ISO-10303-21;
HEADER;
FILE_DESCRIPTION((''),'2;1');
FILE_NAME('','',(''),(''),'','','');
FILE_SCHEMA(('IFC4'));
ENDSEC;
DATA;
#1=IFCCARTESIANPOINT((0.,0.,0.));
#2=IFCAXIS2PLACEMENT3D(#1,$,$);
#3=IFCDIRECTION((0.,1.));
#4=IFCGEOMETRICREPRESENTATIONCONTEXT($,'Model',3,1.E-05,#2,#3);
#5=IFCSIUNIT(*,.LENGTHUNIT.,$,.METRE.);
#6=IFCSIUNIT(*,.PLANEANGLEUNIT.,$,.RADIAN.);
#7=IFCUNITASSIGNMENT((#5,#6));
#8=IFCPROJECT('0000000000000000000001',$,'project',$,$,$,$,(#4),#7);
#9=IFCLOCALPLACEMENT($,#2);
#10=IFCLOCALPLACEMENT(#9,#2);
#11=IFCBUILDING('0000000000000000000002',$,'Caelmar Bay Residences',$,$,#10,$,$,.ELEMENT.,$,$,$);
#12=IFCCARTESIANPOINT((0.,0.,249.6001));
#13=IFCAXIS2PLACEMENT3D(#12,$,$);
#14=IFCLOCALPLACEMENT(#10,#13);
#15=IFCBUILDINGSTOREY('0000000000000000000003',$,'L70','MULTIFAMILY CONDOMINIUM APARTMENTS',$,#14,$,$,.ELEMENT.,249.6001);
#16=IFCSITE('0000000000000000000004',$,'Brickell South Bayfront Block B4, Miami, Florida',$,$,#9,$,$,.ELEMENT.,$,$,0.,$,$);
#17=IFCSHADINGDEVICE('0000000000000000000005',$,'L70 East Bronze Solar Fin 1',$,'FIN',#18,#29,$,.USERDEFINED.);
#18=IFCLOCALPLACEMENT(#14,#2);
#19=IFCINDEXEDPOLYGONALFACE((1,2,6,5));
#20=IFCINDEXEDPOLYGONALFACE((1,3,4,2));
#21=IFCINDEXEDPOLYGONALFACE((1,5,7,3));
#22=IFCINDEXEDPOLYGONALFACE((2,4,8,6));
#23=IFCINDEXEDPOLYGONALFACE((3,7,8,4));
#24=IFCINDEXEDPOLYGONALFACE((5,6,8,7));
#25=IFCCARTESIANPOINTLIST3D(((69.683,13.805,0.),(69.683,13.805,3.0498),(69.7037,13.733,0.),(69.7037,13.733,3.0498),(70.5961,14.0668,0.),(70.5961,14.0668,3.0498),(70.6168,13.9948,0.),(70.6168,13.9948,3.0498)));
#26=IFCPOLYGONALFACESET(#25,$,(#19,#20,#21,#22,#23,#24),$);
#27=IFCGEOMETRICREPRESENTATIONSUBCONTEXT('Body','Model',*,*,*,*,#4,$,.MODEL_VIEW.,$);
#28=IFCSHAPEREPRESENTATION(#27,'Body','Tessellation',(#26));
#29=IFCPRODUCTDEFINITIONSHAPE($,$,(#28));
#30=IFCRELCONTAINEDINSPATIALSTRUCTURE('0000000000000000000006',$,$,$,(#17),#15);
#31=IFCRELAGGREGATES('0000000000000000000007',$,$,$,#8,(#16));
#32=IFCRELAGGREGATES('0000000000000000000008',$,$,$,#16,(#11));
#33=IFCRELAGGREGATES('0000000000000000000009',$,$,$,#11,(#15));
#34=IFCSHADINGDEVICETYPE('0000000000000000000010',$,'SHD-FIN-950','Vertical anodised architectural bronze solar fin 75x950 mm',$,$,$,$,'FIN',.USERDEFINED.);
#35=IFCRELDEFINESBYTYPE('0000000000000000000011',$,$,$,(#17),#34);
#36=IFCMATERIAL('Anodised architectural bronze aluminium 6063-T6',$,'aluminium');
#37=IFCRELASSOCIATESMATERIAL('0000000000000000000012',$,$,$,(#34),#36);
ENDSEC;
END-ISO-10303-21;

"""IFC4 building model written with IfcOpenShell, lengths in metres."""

from ifc_helpers import new_model, si_unit, direction, frame, origin, origin_2d, place, context, subcontext, project, spatial, rectangle, extrude, material, material_profile, profile_set, type_object, element, save


model = new_model("IFC4")

# Units and contexts
model_context = context("Model", 3, precision=1e-05, world=origin(), true_north=direction((0.0, 1.0)))
body_context = subcontext(model_context, "Body", "Model", "MODEL_VIEW")
ifc_project = project(units=[si_unit("LENGTHUNIT", "METRE"), si_unit("PLANEANGLEUNIT", "RADIAN")], contexts=[model_context])

# Site, building, storey
site_placement = place(None, origin())
site = spatial("IfcSite", under=ifc_project, at=site_placement, Name="Brickell South Bayfront Block B4, Miami, Florida", CompositionType="ELEMENT", RefElevation=0.0)
building_placement = place(site_placement, origin())
building = spatial("IfcBuilding", under=site, at=building_placement, Name="Caelmar Bay Residences", CompositionType="ELEMENT")
storey_placement = place(building_placement, frame((0.0, 0.0, 249.6001)))
storey = spatial("IfcBuildingStorey", under=building, at=storey_placement, Name="L70", Description="MULTIFAMILY CONDOMINIUM APARTMENTS", CompositionType="ELEMENT", Elevation=249.6001)

# Shading device
ifc_material_1 = material(Name="Anodised architectural bronze aluminium 6063-T6", Category="aluminium")
ifc_material_profile_1 = material_profile(ifc_material_1, rectangle(XDim=0.075, YDim=0.95, at=origin_2d()), Name="BRONZE-FIN-75X950")
ifc_profile_set_1 = profile_set([ifc_material_profile_1], Name="Anodised architectural bronze aluminium 6063-T6")
shading_device_type = type_object("IfcShadingDeviceType", Name="SHD-FIN-950", Description="Vertical anodised architectural bronze solar fin 75x950 mm", ElementType="FIN", PredefinedType="USERDEFINED", material=ifc_profile_set_1)
shading_device_placement = place(storey_placement, frame((70.1499, 13.8999, 0.0), z_axis=(0.0, 0.0, 1.0), x_axis=(-0.275637, 0.961262, 0.0)))
element("IfcShadingDevice", 1, at=shading_device_placement, inside=storey, type_object=shading_device_type, Name="L70 East Bronze Solar Fin 1", ObjectType="FIN", PredefinedType="USERDEFINED", context=body_context, shape_type="SweptSolid", body=[
    extrude(rectangle(XDim=0.075, YDim=0.95, at=origin_2d()), origin(), (0.0, 0.0, 1.0), 3.0498),
])

save(model, "model.ifc")
